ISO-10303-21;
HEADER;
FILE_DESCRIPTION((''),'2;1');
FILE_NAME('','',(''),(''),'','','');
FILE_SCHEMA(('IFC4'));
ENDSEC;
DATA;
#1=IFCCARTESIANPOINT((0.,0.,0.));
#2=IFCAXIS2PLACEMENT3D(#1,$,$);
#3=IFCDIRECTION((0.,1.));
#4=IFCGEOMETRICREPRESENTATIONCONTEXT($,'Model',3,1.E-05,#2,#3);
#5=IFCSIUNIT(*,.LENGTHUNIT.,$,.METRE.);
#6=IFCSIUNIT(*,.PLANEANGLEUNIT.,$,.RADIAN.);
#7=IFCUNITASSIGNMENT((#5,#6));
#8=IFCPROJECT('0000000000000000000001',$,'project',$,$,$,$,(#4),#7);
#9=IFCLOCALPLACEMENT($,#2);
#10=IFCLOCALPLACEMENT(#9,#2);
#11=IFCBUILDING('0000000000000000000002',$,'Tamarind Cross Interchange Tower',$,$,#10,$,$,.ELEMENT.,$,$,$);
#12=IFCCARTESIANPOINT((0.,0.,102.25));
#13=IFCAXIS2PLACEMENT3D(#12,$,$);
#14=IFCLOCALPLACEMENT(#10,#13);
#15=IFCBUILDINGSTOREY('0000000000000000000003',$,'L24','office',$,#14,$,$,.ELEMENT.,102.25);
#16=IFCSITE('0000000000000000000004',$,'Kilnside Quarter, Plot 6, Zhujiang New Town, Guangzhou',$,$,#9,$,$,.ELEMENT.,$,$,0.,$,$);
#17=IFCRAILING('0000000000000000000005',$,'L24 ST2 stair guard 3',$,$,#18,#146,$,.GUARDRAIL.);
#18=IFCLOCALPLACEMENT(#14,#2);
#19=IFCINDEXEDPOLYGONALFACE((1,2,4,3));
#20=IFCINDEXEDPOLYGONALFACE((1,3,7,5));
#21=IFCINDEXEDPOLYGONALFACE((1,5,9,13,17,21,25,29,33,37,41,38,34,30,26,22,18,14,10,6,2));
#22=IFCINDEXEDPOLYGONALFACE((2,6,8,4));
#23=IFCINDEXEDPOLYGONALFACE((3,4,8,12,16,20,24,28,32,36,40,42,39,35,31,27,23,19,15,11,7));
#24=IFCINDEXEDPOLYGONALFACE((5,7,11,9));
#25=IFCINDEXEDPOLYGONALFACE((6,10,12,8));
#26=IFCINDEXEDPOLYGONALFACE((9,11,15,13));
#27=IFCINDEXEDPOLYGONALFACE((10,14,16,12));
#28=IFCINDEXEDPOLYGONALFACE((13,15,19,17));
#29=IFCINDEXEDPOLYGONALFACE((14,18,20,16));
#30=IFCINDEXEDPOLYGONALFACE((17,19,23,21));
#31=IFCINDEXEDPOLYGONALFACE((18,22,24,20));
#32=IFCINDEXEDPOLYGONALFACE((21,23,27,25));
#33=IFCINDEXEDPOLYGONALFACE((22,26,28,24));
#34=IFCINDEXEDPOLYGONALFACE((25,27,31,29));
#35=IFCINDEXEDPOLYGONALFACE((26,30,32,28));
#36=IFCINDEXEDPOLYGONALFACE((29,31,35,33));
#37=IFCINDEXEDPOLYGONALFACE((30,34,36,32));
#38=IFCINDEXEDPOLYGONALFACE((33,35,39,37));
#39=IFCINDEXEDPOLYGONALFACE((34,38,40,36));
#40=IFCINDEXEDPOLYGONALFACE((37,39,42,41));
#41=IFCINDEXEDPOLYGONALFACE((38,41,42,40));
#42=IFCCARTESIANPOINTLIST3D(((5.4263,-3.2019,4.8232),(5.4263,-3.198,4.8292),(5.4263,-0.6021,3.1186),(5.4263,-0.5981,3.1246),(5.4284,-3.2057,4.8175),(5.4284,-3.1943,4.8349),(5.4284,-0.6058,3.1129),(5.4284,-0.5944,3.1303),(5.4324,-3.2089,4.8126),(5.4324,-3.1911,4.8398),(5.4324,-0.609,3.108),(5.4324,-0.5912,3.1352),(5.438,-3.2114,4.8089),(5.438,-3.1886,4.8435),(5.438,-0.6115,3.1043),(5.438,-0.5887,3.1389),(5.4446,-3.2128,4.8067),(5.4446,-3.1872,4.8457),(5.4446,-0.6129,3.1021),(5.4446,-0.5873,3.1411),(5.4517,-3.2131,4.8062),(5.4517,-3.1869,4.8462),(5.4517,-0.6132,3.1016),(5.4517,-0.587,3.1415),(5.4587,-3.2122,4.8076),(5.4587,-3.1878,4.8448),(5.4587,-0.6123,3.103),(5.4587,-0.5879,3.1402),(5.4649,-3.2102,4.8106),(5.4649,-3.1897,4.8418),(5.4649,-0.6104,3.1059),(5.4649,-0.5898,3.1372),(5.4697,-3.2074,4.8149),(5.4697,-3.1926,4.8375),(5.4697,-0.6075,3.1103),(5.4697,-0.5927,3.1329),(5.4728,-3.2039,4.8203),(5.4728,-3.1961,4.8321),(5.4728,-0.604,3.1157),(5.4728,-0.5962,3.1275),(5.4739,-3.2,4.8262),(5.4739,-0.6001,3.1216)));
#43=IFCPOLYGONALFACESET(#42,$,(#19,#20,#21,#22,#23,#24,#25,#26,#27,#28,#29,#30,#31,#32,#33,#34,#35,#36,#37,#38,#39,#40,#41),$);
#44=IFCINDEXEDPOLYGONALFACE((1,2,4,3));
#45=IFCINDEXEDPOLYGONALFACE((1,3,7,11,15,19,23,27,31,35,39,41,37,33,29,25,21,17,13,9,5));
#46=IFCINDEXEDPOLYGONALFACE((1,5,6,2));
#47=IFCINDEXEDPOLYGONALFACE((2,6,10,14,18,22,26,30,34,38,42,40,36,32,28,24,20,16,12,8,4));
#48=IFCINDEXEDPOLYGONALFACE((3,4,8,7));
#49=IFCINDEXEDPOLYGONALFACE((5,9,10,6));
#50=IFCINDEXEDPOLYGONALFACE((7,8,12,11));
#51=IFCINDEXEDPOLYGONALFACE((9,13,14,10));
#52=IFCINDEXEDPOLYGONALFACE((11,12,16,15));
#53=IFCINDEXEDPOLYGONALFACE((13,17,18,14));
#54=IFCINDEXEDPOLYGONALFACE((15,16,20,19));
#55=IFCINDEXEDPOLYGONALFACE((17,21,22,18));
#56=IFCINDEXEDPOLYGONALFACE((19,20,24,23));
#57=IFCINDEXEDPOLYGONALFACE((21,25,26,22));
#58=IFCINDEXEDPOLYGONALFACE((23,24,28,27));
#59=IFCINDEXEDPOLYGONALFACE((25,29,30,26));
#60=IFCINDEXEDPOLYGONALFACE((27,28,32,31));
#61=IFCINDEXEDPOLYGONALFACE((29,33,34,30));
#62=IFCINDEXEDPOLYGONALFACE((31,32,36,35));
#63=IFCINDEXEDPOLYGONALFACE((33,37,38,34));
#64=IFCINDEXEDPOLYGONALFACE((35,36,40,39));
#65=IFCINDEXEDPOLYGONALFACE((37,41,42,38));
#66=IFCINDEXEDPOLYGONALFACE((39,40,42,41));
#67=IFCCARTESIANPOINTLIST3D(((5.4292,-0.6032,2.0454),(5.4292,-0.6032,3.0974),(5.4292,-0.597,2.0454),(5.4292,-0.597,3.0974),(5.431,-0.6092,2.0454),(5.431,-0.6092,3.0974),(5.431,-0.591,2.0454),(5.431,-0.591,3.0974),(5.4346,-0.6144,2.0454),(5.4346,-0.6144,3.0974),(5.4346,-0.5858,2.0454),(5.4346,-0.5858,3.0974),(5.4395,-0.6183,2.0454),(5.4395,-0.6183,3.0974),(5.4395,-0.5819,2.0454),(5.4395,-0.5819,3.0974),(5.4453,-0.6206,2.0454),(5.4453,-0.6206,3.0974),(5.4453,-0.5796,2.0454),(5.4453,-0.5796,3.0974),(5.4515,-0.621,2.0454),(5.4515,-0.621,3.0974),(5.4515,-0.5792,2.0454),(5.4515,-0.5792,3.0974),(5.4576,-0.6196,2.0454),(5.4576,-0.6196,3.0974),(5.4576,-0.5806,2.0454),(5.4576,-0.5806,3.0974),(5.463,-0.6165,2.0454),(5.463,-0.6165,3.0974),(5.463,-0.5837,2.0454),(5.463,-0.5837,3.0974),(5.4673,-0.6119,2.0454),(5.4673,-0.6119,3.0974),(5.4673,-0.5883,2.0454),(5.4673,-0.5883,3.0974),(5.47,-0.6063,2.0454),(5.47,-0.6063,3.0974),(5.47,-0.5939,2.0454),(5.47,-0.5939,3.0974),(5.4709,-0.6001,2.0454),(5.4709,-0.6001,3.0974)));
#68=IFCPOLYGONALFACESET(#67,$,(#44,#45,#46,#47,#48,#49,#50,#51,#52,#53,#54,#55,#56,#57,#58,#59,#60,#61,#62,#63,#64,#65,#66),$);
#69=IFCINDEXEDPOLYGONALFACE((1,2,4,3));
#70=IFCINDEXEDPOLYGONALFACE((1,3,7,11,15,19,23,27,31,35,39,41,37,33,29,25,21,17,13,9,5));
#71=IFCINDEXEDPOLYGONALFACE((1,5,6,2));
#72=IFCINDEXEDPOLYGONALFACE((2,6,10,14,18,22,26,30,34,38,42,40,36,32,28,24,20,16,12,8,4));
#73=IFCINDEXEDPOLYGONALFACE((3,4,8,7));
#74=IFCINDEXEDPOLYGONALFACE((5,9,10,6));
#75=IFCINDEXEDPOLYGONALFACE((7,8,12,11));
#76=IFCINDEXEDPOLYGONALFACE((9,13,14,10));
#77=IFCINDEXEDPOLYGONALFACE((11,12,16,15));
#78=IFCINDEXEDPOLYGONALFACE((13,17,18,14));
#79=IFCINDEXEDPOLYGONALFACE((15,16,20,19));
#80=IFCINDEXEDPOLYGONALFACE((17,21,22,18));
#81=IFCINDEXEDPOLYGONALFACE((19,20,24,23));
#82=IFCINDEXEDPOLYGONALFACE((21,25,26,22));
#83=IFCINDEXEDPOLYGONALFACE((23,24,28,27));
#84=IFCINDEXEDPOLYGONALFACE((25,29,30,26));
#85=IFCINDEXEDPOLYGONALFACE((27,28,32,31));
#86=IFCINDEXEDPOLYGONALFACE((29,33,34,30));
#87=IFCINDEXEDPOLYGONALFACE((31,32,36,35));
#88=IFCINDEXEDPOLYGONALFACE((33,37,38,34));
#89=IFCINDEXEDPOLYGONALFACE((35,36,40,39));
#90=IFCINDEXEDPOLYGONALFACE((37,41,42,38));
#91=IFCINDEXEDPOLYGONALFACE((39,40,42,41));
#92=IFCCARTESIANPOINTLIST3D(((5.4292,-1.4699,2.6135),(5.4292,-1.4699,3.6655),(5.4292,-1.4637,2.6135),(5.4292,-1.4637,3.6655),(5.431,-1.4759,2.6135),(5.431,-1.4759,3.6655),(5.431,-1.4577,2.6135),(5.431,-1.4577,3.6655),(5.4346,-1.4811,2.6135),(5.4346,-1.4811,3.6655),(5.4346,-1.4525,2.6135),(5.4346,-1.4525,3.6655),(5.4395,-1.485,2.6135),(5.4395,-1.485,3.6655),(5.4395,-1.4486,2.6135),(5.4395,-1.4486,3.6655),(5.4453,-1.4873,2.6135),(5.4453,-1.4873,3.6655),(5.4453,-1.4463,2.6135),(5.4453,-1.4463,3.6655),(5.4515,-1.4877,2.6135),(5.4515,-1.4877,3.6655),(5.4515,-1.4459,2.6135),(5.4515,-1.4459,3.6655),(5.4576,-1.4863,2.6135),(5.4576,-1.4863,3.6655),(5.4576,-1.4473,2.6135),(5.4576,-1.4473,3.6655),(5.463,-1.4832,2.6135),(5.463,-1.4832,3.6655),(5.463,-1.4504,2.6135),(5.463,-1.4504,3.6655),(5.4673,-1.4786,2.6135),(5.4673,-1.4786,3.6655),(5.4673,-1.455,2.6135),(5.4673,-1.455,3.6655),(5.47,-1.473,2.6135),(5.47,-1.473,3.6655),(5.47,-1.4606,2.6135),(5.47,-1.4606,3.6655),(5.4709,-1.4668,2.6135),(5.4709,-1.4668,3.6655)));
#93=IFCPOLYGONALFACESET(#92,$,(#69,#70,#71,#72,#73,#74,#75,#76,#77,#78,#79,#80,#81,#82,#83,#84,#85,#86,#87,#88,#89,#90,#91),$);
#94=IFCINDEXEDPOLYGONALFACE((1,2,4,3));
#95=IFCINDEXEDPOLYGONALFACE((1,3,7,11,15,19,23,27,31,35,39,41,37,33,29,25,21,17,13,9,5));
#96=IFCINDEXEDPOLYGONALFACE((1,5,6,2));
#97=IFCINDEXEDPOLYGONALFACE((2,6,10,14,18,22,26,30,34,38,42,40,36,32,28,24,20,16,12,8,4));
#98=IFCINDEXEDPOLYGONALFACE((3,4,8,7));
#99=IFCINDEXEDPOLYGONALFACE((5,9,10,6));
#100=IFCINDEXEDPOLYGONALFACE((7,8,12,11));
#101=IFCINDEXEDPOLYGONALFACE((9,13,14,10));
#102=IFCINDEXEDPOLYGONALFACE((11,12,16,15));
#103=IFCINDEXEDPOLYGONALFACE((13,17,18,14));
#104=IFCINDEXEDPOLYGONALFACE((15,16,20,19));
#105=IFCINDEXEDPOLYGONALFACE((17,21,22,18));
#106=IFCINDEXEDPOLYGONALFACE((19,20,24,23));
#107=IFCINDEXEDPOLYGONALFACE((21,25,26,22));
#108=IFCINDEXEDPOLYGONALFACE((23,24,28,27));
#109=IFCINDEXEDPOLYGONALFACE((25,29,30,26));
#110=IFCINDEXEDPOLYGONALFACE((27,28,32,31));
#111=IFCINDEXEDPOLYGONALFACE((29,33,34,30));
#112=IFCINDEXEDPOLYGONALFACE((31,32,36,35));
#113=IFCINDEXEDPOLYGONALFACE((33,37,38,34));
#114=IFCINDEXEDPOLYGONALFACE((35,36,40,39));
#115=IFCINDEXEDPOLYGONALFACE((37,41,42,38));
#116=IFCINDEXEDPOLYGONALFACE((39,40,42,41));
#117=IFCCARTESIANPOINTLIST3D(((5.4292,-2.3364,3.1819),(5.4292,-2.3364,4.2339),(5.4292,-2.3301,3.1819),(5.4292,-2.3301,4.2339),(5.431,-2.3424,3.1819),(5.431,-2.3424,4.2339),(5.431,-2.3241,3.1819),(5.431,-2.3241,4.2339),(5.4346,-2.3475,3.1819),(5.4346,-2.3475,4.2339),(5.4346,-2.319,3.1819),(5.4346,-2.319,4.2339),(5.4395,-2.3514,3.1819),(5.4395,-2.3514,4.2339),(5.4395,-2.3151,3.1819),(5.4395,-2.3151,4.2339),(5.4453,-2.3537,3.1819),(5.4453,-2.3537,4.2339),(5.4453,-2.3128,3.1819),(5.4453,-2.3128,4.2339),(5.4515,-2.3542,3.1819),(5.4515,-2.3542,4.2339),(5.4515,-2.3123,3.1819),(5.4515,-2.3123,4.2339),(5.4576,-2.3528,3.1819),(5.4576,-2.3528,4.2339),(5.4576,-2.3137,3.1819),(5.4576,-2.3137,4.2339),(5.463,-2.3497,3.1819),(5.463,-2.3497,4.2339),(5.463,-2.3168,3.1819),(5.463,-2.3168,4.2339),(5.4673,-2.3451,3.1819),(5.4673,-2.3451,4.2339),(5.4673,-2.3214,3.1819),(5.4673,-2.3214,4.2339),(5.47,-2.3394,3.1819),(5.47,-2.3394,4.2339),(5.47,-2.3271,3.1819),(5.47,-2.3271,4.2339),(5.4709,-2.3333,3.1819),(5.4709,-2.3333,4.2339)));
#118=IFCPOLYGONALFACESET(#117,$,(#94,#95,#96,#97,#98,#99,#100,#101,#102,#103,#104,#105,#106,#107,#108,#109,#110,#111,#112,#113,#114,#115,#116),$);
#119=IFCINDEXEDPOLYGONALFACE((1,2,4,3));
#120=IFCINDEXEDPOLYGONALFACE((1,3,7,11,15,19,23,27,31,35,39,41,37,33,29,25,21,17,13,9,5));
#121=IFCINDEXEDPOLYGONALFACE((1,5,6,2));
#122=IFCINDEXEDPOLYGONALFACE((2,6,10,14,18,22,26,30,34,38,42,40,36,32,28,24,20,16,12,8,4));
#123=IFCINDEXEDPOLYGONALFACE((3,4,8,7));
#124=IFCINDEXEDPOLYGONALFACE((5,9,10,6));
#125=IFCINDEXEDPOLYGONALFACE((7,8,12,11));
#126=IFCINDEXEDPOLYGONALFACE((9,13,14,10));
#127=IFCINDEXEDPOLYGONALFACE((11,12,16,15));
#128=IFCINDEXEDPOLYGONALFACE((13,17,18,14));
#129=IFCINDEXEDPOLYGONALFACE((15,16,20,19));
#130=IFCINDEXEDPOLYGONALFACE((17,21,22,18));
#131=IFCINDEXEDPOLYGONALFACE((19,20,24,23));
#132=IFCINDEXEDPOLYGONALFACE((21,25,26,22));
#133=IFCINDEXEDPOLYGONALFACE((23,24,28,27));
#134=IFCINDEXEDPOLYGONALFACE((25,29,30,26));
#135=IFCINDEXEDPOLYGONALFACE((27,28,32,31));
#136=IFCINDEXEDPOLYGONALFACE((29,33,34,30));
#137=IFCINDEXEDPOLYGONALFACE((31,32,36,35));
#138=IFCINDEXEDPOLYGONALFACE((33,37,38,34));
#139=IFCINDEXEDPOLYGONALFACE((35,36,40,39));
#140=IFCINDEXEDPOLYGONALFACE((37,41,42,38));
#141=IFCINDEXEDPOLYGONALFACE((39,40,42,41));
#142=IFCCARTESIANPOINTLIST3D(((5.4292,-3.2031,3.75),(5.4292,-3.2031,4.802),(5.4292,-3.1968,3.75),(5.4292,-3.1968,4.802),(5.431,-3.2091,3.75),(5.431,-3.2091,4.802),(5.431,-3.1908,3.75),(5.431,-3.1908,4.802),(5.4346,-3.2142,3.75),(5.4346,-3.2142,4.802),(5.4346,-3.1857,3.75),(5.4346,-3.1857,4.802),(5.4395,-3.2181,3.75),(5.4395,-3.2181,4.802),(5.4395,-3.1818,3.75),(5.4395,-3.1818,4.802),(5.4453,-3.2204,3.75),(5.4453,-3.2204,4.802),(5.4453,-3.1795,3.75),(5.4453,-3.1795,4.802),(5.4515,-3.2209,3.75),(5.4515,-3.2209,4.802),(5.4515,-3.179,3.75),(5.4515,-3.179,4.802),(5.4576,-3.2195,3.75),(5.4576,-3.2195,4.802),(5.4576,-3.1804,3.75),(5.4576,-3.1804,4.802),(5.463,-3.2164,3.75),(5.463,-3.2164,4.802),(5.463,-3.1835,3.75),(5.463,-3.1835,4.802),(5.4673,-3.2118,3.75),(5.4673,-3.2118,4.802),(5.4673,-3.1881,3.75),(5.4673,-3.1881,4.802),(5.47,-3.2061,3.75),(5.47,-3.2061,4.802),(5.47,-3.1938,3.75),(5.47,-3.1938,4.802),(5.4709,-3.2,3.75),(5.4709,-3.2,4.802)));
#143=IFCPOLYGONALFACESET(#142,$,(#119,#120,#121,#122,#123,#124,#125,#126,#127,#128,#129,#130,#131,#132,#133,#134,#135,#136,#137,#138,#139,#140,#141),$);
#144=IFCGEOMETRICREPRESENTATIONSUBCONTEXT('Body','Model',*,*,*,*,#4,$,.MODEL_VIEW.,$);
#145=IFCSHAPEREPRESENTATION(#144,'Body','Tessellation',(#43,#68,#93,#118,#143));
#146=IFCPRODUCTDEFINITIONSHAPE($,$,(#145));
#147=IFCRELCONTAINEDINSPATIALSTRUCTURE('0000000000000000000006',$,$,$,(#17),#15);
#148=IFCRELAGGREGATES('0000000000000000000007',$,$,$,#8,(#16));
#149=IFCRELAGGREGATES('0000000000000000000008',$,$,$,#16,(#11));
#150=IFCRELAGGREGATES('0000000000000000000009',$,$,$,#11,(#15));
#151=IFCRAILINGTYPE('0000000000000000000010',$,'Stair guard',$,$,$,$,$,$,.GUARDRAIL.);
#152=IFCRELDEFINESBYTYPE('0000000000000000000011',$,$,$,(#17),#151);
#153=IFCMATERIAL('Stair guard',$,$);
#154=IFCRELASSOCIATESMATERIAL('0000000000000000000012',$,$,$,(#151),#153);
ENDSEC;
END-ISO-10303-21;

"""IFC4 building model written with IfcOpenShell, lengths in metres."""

from ifc_helpers import new_model, si_unit, direction, frame, origin, origin_2d, place, context, subcontext, project, spatial, circle, extrude, material, type_object, element, save


model = new_model("IFC4")

# Units and contexts
model_context = context("Model", 3, precision=1e-05, world=origin(), true_north=direction((0.0, 1.0)))
body_context = subcontext(model_context, "Body", "Model", "MODEL_VIEW")
ifc_project = project(units=[si_unit("LENGTHUNIT", "METRE"), si_unit("PLANEANGLEUNIT", "RADIAN")], contexts=[model_context])

# Site, building, storey
site_placement = place(None, origin())
site = spatial("IfcSite", under=ifc_project, at=site_placement, Name="Kilnside Quarter, Plot 6, Zhujiang New Town, Guangzhou", CompositionType="ELEMENT", RefElevation=0.0)
building_placement = place(site_placement, origin())
building = spatial("IfcBuilding", under=site, at=building_placement, Name="Tamarind Cross Interchange Tower", CompositionType="ELEMENT")
storey_placement = place(building_placement, frame((0.0, 0.0, 102.25)))
storey = spatial("IfcBuildingStorey", under=building, at=storey_placement, Name="L24", Description="office", CompositionType="ELEMENT", Elevation=102.25)

# Railing
ifc_material_1 = material(Name="Stair guard")
railing_type_1 = type_object("IfcRailingType", Name="Stair guard", PredefinedType="GUARDRAIL", material=ifc_material_1)
railing_1_placement = place(storey_placement, frame((5.45, -0.6001, 2.0454)))
element("IfcRailing", 1, at=railing_1_placement, inside=storey, type_object=railing_type_1, Name="L24 ST2 stair guard 3", PredefinedType="GUARDRAIL", context=body_context, shape_type="SweptSolid", body=[
    extrude(circle(Radius=0.0239, at=origin_2d()), frame((0.0, 0.0, 1.0762), z_axis=(0.0, -0.836279, 0.548305), x_axis=(1.0, 0.0, 0.0)), (0.0, 0.0, 1.0), 3.1089),
    extrude(circle(Radius=0.021, at=origin_2d()), origin(), (0.0, 0.0, 1.0), 1.052),
    extrude(circle(Radius=0.021, at=origin_2d()), frame((0.0, -0.8667, 0.5681)), (0.0, 0.0, 1.0), 1.052),
    extrude(circle(Radius=0.021, at=origin_2d()), frame((0.0, -1.7332, 1.1365)), (0.0, 0.0, 1.0), 1.052),
    extrude(circle(Radius=0.021, at=origin_2d()), frame((0.0, -2.5999, 1.7046)), (0.0, 0.0, 1.0), 1.052),
])

save(model, "model.ifc")
